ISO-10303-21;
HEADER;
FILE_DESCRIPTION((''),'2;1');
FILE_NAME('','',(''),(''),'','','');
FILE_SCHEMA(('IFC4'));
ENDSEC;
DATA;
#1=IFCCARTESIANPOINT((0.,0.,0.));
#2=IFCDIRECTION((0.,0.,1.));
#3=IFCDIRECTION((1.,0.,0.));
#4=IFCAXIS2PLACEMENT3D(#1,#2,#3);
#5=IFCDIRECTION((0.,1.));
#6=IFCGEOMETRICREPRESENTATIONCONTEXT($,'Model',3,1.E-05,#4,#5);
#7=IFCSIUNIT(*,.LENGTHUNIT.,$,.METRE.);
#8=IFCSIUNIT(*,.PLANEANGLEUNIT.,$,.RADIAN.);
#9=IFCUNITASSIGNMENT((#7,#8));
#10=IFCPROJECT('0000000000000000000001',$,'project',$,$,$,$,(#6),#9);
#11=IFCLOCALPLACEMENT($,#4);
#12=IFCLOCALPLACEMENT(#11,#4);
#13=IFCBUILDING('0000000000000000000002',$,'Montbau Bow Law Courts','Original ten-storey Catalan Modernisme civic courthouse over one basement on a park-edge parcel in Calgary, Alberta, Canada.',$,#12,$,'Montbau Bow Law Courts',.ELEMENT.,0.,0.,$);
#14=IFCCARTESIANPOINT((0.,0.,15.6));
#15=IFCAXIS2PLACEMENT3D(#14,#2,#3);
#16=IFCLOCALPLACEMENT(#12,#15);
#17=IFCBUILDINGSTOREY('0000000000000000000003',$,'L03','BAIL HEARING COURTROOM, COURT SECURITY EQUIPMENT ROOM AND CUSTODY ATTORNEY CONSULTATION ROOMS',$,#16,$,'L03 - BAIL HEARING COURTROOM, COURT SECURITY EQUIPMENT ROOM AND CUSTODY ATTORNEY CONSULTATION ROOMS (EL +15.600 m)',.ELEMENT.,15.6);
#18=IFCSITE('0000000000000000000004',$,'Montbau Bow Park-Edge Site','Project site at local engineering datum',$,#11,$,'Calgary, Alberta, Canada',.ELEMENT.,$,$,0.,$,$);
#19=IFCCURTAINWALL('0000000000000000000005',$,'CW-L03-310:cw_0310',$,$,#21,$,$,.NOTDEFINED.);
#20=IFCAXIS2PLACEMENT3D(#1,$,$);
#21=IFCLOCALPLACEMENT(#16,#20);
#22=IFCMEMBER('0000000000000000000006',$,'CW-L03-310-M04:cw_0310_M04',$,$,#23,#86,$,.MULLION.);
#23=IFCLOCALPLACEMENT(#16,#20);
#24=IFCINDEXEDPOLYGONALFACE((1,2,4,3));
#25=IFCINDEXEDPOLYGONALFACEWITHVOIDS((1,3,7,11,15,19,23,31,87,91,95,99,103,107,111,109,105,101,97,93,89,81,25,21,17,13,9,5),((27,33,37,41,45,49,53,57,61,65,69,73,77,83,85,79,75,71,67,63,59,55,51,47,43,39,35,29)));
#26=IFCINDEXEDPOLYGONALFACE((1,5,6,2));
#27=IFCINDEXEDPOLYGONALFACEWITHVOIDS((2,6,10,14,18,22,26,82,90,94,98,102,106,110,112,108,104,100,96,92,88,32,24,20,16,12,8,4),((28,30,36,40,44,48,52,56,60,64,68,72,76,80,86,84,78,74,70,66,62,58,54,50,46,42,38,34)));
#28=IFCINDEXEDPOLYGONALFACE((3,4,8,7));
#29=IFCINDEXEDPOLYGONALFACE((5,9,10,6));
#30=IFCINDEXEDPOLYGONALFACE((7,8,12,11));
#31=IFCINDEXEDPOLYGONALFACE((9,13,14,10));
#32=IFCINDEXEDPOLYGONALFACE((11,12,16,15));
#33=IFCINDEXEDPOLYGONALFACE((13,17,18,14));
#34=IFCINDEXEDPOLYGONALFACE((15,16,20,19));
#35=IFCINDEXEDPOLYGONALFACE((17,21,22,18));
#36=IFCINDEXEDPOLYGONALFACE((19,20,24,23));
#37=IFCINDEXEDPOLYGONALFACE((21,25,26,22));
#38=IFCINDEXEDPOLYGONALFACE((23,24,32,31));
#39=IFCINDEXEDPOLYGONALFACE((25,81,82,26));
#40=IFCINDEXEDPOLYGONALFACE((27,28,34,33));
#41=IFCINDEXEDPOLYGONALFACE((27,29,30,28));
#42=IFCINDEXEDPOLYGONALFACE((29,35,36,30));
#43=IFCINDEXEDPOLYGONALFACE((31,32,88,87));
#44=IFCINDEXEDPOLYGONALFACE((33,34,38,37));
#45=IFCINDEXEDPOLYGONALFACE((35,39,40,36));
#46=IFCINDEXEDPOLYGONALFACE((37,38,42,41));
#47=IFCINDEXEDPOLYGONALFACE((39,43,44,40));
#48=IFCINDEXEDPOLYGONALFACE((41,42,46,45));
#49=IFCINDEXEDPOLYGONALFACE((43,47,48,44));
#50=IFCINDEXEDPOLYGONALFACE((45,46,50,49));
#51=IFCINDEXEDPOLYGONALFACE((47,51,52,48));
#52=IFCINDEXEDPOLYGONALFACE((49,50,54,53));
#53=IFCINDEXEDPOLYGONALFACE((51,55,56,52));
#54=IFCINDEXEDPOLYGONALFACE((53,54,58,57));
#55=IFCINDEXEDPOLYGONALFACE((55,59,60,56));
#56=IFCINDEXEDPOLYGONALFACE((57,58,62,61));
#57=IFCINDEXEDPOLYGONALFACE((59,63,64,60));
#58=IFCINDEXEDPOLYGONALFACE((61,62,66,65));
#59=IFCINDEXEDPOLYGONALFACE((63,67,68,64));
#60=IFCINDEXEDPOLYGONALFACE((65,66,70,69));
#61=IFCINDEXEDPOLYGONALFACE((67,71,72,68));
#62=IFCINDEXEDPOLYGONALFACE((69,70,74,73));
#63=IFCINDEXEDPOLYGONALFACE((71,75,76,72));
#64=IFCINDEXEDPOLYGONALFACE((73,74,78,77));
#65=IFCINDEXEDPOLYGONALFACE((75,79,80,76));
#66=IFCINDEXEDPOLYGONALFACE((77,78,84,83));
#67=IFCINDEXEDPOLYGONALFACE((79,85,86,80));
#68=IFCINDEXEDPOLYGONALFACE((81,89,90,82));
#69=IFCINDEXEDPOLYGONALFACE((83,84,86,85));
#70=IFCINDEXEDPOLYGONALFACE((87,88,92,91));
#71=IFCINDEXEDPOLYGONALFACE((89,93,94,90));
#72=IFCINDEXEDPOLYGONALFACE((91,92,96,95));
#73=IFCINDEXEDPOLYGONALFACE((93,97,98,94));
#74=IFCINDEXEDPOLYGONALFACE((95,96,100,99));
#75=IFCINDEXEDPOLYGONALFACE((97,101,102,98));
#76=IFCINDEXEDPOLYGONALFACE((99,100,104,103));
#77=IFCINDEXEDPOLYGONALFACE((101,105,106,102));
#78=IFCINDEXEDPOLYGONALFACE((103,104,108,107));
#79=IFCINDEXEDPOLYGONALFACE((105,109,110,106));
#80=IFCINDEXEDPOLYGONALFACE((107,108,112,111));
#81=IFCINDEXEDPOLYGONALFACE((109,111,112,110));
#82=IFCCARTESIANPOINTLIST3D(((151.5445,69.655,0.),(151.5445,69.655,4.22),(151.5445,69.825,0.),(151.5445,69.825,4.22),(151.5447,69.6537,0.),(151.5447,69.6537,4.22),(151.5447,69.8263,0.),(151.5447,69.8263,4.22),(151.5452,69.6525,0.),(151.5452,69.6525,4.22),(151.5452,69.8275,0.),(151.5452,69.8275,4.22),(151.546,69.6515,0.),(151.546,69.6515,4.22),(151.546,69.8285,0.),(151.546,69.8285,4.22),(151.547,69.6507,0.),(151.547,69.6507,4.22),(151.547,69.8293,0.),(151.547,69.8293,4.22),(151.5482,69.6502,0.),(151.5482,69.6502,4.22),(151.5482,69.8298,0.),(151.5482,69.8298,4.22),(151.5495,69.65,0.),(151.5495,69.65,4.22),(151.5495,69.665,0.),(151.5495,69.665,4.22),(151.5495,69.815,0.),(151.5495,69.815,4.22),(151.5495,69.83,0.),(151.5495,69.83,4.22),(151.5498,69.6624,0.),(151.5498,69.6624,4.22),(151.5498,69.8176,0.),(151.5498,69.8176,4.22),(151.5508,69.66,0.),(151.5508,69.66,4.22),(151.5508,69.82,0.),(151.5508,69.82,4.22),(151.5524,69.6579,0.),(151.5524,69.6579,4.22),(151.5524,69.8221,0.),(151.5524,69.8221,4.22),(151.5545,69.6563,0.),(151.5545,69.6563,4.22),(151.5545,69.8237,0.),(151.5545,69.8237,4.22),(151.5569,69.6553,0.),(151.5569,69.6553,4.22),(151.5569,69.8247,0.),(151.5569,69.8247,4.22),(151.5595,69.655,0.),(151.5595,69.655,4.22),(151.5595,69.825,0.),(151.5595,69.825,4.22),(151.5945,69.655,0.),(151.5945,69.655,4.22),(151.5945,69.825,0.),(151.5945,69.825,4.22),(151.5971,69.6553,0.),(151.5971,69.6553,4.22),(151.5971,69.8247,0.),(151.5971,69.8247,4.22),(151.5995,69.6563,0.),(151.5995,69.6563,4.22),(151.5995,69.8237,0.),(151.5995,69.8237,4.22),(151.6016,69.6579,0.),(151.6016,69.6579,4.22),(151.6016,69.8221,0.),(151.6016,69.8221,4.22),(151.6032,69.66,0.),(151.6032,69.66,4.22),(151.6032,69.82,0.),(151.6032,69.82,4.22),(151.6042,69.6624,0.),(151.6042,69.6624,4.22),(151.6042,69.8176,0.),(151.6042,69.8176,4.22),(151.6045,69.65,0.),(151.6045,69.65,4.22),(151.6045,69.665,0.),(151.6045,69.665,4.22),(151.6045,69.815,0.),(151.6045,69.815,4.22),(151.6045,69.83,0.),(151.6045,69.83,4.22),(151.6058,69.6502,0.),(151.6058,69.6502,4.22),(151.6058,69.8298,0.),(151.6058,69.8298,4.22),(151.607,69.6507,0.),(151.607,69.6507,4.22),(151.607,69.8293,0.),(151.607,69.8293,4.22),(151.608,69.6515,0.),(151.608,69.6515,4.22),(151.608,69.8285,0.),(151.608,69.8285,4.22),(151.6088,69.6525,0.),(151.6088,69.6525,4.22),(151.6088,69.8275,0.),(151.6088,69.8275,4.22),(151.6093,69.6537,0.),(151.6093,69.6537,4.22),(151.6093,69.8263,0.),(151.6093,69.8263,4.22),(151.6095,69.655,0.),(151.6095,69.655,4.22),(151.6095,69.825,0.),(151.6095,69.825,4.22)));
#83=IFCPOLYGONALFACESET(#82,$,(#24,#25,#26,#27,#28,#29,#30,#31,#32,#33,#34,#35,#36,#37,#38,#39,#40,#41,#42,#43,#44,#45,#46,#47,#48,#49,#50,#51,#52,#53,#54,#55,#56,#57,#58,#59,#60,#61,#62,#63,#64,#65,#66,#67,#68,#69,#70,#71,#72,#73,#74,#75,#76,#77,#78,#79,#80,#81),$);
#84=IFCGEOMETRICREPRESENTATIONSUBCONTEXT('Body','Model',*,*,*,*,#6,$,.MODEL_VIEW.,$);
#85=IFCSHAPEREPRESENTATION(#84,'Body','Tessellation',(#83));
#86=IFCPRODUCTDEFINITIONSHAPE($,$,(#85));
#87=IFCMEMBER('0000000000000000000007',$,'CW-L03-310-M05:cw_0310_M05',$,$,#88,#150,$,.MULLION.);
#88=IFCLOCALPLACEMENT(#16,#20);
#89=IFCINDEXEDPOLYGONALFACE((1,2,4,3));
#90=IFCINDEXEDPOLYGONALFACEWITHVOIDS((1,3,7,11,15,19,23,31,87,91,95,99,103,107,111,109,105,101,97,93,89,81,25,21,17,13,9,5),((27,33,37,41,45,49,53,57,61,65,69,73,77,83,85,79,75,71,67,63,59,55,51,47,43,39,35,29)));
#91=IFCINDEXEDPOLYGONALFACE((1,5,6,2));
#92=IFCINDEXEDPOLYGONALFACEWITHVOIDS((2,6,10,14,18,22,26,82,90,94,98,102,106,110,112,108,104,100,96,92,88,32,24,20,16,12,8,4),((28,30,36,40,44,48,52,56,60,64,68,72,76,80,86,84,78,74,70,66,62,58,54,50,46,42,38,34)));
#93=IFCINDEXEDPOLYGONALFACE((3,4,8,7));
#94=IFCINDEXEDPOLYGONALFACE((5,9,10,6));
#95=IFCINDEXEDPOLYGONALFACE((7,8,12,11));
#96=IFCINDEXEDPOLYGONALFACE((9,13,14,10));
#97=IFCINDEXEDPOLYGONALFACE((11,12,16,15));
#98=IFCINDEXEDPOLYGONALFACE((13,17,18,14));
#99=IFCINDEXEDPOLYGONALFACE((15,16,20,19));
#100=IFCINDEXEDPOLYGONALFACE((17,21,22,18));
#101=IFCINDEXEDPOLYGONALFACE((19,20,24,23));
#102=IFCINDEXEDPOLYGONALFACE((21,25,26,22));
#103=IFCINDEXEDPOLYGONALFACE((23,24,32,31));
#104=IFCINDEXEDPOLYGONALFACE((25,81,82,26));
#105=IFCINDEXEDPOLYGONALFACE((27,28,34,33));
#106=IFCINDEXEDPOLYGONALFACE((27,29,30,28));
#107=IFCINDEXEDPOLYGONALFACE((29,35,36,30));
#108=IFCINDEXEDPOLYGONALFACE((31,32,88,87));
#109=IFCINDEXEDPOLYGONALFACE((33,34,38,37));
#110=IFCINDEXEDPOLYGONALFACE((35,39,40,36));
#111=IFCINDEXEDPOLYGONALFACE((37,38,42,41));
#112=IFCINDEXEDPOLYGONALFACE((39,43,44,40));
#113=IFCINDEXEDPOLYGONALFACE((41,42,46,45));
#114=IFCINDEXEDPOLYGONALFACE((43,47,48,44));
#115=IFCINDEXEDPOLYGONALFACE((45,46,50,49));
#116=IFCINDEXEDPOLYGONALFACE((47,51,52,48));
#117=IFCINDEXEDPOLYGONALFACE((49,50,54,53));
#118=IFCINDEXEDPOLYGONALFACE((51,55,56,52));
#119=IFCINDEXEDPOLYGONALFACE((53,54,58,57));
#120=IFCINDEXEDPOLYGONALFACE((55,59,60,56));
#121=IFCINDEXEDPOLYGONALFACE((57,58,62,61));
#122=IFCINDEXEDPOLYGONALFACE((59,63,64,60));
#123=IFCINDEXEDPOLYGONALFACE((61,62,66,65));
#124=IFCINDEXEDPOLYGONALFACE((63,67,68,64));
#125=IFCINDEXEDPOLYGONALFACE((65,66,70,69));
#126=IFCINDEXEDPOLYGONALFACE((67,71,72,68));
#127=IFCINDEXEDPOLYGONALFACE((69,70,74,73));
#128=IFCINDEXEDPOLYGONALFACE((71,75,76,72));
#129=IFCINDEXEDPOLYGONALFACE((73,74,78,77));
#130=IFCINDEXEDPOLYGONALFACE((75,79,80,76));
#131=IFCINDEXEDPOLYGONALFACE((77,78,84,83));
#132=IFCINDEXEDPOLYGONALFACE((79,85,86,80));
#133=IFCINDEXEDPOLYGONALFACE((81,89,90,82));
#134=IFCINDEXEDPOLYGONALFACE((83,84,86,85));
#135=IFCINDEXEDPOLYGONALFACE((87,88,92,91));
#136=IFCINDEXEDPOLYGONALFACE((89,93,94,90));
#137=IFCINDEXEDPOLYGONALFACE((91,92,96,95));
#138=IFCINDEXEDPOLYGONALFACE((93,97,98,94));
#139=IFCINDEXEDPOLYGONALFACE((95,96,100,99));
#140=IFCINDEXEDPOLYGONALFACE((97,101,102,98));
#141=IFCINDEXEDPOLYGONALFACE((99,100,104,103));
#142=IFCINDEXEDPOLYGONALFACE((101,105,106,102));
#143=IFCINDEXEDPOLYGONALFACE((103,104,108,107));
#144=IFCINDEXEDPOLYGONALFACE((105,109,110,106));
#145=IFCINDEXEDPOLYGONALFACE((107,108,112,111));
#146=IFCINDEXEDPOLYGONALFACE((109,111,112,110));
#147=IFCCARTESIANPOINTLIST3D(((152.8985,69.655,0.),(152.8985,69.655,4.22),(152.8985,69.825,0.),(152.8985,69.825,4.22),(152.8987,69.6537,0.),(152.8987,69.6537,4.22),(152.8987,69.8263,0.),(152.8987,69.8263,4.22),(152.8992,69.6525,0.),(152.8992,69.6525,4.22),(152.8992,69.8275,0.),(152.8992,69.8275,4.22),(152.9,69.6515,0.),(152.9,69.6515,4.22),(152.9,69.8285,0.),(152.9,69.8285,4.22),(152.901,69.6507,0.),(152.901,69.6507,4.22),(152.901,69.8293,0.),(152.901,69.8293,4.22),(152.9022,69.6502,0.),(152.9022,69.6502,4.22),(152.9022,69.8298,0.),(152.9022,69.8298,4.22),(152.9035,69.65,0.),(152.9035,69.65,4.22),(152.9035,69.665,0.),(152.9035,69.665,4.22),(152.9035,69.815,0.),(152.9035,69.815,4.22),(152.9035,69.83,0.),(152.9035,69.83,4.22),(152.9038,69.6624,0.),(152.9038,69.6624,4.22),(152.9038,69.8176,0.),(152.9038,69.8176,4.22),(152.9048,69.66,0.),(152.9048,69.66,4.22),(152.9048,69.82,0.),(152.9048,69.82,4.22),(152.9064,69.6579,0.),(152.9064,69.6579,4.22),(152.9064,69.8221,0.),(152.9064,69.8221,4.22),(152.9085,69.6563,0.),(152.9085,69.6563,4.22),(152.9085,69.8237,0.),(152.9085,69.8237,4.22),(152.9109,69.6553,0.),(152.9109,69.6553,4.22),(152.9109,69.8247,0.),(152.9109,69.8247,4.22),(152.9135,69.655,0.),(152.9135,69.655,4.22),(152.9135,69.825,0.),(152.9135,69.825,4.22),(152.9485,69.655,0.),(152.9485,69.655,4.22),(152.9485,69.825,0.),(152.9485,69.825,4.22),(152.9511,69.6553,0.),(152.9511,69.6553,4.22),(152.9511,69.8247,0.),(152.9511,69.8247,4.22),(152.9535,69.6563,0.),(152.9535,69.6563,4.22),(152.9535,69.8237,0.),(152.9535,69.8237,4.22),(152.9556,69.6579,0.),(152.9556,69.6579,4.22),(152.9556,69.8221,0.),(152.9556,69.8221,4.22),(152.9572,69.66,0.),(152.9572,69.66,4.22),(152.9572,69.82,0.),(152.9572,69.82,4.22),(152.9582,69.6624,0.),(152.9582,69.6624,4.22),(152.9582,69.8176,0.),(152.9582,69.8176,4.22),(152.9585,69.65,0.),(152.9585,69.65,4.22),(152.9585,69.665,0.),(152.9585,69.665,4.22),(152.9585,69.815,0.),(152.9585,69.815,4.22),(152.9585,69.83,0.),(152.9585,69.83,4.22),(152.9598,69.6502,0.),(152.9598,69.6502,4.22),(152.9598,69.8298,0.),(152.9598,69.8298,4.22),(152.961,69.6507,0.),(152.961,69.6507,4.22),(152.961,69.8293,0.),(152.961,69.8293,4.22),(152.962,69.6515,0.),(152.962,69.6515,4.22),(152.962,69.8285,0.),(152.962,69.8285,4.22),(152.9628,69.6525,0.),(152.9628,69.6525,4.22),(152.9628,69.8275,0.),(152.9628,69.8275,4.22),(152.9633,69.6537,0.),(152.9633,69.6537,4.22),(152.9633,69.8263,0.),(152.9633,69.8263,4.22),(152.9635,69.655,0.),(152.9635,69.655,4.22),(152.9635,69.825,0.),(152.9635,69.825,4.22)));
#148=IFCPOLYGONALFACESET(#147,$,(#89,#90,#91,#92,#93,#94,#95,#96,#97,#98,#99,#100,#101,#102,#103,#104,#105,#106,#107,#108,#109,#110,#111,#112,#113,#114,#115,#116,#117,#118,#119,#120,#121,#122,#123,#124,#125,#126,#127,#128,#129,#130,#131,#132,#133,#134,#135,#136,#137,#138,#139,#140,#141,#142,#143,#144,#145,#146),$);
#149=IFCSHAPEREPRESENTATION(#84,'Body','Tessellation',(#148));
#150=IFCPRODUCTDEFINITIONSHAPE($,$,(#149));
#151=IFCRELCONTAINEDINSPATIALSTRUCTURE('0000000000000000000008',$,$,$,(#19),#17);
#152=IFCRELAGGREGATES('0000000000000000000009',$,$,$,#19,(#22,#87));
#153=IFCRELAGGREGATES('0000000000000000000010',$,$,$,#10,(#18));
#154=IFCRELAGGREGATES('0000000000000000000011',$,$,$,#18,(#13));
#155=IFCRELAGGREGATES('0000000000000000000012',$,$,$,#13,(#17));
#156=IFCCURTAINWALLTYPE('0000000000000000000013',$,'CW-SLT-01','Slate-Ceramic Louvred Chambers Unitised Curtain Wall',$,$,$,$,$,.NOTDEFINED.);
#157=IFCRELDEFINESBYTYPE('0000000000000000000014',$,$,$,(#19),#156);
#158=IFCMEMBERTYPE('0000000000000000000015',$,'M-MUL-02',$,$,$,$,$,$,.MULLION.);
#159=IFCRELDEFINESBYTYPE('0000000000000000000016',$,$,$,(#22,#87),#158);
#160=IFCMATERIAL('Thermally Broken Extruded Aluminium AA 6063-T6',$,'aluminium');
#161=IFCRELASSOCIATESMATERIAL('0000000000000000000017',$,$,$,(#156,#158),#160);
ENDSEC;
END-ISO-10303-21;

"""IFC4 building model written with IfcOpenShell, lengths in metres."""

from ifc_helpers import new_model, si_unit, direction, frame, origin_with_axes, origin_2d_with_axis, place, context, subcontext, project, spatial, hollow_rectangle, extrude, material, material_profile, profile_set, type_object, element, aggregate, save


model = new_model("IFC4")

# Units and contexts
model_context = context("Model", 3, precision=1e-05, world=origin_with_axes(), true_north=direction((0.0, 1.0)))
body_context = subcontext(model_context, "Body", "Model", "MODEL_VIEW")
ifc_project = project(units=[si_unit("LENGTHUNIT", "METRE"), si_unit("PLANEANGLEUNIT", "RADIAN")], contexts=[model_context])

# Site, building, storey
site_placement = place(None, origin_with_axes())
site = spatial("IfcSite", under=ifc_project, at=site_placement, Name="Montbau Bow Park-Edge Site", Description="Project site at local engineering datum", LongName="Calgary, Alberta, Canada", CompositionType="ELEMENT", RefElevation=0.0)
building_placement = place(site_placement, origin_with_axes())
building = spatial("IfcBuilding", under=site, at=building_placement, Name="Montbau Bow Law Courts", Description="Original ten-storey Catalan Modernisme civic courthouse over one basement on a park-edge parcel in Calgary, Alberta, Canada.", LongName="Montbau Bow Law Courts", CompositionType="ELEMENT", ElevationOfRefHeight=0.0, ElevationOfTerrain=0.0)
storey_placement = place(building_placement, frame((0.0, 0.0, 15.6), z_axis=(0.0, 0.0, 1.0), x_axis=(1.0, 0.0, 0.0)))
storey = spatial("IfcBuildingStorey", under=building, at=storey_placement, Name="L03", Description="BAIL HEARING COURTROOM, COURT SECURITY EQUIPMENT ROOM AND CUSTODY ATTORNEY CONSULTATION ROOMS", LongName="L03 - BAIL HEARING COURTROOM, COURT SECURITY EQUIPMENT ROOM AND CUSTODY ATTORNEY CONSULTATION ROOMS (EL +15.600 m)", CompositionType="ELEMENT", Elevation=15.6)

# Curtain wall, members
ifc_material_1 = material(Name="Thermally Broken Extruded Aluminium AA 6063-T6", Category="aluminium")
curtain_wall_type = type_object("IfcCurtainWallType", Name="CW-SLT-01", Description="Slate-Ceramic Louvred Chambers Unitised Curtain Wall", PredefinedType="NOTDEFINED", material=ifc_material_1)
curtain_wall_placement = place(None, frame((147.515, 69.74, 15.6), z_axis=(0.0, 0.0, 1.0), x_axis=(1.0, 0.0, 0.0)))
curtain_wall = element("IfcCurtainWall", 1, at=curtain_wall_placement, inside=storey, type_object=curtain_wall_type, Name="CW-L03-310:cw_0310", PredefinedType="NOTDEFINED")
ifc_material_profile_1 = material_profile(ifc_material_1, hollow_rectangle(XDim=0.065, YDim=0.18, WallThickness=0.005, InnerFilletRadius=0.01, OuterFilletRadius=0.005, at=origin_2d_with_axis()), Name="CWM-180X65", Category="Main", Priority=0)
ifc_profile_set_1 = profile_set([ifc_material_profile_1], Name="Thermally Broken Extruded Aluminium AA 6063-T6")
member_type_1 = type_object("IfcMemberType", Name="M-MUL-02", PredefinedType="MULLION", material=ifc_profile_set_1)
member_1_placement = place(None, frame((151.577, 69.74, 15.6), z_axis=(0.0, 0.0, 1.0), x_axis=(1.0, 0.0, 0.0)))
member_1 = element("IfcMember", 2, at=member_1_placement, type_object=member_type_1, Name="CW-L03-310-M04:cw_0310_M04", PredefinedType="MULLION", context=body_context, shape_type="SweptSolid", body=[
    extrude(hollow_rectangle(XDim=0.065, YDim=0.18, WallThickness=0.005, InnerFilletRadius=0.01, OuterFilletRadius=0.005, at=origin_2d_with_axis()), origin_with_axes(), (0.0, 0.0, 1.0), 4.22),
])
member_2_placement = place(None, frame((152.931, 69.74, 15.6), z_axis=(0.0, 0.0, 1.0), x_axis=(1.0, 0.0, 0.0)))
member_2 = element("IfcMember", 3, at=member_2_placement, type_object=member_type_1, Name="CW-L03-310-M05:cw_0310_M05", PredefinedType="MULLION", context=body_context, shape_type="SweptSolid", body=[
    extrude(hollow_rectangle(XDim=0.065, YDim=0.18, WallThickness=0.005, InnerFilletRadius=0.01, OuterFilletRadius=0.005, at=origin_2d_with_axis()), origin_with_axes(), (0.0, 0.0, 1.0), 4.22),
])
aggregate(curtain_wall, [member_1, member_2])

save(model, "model.ifc")
